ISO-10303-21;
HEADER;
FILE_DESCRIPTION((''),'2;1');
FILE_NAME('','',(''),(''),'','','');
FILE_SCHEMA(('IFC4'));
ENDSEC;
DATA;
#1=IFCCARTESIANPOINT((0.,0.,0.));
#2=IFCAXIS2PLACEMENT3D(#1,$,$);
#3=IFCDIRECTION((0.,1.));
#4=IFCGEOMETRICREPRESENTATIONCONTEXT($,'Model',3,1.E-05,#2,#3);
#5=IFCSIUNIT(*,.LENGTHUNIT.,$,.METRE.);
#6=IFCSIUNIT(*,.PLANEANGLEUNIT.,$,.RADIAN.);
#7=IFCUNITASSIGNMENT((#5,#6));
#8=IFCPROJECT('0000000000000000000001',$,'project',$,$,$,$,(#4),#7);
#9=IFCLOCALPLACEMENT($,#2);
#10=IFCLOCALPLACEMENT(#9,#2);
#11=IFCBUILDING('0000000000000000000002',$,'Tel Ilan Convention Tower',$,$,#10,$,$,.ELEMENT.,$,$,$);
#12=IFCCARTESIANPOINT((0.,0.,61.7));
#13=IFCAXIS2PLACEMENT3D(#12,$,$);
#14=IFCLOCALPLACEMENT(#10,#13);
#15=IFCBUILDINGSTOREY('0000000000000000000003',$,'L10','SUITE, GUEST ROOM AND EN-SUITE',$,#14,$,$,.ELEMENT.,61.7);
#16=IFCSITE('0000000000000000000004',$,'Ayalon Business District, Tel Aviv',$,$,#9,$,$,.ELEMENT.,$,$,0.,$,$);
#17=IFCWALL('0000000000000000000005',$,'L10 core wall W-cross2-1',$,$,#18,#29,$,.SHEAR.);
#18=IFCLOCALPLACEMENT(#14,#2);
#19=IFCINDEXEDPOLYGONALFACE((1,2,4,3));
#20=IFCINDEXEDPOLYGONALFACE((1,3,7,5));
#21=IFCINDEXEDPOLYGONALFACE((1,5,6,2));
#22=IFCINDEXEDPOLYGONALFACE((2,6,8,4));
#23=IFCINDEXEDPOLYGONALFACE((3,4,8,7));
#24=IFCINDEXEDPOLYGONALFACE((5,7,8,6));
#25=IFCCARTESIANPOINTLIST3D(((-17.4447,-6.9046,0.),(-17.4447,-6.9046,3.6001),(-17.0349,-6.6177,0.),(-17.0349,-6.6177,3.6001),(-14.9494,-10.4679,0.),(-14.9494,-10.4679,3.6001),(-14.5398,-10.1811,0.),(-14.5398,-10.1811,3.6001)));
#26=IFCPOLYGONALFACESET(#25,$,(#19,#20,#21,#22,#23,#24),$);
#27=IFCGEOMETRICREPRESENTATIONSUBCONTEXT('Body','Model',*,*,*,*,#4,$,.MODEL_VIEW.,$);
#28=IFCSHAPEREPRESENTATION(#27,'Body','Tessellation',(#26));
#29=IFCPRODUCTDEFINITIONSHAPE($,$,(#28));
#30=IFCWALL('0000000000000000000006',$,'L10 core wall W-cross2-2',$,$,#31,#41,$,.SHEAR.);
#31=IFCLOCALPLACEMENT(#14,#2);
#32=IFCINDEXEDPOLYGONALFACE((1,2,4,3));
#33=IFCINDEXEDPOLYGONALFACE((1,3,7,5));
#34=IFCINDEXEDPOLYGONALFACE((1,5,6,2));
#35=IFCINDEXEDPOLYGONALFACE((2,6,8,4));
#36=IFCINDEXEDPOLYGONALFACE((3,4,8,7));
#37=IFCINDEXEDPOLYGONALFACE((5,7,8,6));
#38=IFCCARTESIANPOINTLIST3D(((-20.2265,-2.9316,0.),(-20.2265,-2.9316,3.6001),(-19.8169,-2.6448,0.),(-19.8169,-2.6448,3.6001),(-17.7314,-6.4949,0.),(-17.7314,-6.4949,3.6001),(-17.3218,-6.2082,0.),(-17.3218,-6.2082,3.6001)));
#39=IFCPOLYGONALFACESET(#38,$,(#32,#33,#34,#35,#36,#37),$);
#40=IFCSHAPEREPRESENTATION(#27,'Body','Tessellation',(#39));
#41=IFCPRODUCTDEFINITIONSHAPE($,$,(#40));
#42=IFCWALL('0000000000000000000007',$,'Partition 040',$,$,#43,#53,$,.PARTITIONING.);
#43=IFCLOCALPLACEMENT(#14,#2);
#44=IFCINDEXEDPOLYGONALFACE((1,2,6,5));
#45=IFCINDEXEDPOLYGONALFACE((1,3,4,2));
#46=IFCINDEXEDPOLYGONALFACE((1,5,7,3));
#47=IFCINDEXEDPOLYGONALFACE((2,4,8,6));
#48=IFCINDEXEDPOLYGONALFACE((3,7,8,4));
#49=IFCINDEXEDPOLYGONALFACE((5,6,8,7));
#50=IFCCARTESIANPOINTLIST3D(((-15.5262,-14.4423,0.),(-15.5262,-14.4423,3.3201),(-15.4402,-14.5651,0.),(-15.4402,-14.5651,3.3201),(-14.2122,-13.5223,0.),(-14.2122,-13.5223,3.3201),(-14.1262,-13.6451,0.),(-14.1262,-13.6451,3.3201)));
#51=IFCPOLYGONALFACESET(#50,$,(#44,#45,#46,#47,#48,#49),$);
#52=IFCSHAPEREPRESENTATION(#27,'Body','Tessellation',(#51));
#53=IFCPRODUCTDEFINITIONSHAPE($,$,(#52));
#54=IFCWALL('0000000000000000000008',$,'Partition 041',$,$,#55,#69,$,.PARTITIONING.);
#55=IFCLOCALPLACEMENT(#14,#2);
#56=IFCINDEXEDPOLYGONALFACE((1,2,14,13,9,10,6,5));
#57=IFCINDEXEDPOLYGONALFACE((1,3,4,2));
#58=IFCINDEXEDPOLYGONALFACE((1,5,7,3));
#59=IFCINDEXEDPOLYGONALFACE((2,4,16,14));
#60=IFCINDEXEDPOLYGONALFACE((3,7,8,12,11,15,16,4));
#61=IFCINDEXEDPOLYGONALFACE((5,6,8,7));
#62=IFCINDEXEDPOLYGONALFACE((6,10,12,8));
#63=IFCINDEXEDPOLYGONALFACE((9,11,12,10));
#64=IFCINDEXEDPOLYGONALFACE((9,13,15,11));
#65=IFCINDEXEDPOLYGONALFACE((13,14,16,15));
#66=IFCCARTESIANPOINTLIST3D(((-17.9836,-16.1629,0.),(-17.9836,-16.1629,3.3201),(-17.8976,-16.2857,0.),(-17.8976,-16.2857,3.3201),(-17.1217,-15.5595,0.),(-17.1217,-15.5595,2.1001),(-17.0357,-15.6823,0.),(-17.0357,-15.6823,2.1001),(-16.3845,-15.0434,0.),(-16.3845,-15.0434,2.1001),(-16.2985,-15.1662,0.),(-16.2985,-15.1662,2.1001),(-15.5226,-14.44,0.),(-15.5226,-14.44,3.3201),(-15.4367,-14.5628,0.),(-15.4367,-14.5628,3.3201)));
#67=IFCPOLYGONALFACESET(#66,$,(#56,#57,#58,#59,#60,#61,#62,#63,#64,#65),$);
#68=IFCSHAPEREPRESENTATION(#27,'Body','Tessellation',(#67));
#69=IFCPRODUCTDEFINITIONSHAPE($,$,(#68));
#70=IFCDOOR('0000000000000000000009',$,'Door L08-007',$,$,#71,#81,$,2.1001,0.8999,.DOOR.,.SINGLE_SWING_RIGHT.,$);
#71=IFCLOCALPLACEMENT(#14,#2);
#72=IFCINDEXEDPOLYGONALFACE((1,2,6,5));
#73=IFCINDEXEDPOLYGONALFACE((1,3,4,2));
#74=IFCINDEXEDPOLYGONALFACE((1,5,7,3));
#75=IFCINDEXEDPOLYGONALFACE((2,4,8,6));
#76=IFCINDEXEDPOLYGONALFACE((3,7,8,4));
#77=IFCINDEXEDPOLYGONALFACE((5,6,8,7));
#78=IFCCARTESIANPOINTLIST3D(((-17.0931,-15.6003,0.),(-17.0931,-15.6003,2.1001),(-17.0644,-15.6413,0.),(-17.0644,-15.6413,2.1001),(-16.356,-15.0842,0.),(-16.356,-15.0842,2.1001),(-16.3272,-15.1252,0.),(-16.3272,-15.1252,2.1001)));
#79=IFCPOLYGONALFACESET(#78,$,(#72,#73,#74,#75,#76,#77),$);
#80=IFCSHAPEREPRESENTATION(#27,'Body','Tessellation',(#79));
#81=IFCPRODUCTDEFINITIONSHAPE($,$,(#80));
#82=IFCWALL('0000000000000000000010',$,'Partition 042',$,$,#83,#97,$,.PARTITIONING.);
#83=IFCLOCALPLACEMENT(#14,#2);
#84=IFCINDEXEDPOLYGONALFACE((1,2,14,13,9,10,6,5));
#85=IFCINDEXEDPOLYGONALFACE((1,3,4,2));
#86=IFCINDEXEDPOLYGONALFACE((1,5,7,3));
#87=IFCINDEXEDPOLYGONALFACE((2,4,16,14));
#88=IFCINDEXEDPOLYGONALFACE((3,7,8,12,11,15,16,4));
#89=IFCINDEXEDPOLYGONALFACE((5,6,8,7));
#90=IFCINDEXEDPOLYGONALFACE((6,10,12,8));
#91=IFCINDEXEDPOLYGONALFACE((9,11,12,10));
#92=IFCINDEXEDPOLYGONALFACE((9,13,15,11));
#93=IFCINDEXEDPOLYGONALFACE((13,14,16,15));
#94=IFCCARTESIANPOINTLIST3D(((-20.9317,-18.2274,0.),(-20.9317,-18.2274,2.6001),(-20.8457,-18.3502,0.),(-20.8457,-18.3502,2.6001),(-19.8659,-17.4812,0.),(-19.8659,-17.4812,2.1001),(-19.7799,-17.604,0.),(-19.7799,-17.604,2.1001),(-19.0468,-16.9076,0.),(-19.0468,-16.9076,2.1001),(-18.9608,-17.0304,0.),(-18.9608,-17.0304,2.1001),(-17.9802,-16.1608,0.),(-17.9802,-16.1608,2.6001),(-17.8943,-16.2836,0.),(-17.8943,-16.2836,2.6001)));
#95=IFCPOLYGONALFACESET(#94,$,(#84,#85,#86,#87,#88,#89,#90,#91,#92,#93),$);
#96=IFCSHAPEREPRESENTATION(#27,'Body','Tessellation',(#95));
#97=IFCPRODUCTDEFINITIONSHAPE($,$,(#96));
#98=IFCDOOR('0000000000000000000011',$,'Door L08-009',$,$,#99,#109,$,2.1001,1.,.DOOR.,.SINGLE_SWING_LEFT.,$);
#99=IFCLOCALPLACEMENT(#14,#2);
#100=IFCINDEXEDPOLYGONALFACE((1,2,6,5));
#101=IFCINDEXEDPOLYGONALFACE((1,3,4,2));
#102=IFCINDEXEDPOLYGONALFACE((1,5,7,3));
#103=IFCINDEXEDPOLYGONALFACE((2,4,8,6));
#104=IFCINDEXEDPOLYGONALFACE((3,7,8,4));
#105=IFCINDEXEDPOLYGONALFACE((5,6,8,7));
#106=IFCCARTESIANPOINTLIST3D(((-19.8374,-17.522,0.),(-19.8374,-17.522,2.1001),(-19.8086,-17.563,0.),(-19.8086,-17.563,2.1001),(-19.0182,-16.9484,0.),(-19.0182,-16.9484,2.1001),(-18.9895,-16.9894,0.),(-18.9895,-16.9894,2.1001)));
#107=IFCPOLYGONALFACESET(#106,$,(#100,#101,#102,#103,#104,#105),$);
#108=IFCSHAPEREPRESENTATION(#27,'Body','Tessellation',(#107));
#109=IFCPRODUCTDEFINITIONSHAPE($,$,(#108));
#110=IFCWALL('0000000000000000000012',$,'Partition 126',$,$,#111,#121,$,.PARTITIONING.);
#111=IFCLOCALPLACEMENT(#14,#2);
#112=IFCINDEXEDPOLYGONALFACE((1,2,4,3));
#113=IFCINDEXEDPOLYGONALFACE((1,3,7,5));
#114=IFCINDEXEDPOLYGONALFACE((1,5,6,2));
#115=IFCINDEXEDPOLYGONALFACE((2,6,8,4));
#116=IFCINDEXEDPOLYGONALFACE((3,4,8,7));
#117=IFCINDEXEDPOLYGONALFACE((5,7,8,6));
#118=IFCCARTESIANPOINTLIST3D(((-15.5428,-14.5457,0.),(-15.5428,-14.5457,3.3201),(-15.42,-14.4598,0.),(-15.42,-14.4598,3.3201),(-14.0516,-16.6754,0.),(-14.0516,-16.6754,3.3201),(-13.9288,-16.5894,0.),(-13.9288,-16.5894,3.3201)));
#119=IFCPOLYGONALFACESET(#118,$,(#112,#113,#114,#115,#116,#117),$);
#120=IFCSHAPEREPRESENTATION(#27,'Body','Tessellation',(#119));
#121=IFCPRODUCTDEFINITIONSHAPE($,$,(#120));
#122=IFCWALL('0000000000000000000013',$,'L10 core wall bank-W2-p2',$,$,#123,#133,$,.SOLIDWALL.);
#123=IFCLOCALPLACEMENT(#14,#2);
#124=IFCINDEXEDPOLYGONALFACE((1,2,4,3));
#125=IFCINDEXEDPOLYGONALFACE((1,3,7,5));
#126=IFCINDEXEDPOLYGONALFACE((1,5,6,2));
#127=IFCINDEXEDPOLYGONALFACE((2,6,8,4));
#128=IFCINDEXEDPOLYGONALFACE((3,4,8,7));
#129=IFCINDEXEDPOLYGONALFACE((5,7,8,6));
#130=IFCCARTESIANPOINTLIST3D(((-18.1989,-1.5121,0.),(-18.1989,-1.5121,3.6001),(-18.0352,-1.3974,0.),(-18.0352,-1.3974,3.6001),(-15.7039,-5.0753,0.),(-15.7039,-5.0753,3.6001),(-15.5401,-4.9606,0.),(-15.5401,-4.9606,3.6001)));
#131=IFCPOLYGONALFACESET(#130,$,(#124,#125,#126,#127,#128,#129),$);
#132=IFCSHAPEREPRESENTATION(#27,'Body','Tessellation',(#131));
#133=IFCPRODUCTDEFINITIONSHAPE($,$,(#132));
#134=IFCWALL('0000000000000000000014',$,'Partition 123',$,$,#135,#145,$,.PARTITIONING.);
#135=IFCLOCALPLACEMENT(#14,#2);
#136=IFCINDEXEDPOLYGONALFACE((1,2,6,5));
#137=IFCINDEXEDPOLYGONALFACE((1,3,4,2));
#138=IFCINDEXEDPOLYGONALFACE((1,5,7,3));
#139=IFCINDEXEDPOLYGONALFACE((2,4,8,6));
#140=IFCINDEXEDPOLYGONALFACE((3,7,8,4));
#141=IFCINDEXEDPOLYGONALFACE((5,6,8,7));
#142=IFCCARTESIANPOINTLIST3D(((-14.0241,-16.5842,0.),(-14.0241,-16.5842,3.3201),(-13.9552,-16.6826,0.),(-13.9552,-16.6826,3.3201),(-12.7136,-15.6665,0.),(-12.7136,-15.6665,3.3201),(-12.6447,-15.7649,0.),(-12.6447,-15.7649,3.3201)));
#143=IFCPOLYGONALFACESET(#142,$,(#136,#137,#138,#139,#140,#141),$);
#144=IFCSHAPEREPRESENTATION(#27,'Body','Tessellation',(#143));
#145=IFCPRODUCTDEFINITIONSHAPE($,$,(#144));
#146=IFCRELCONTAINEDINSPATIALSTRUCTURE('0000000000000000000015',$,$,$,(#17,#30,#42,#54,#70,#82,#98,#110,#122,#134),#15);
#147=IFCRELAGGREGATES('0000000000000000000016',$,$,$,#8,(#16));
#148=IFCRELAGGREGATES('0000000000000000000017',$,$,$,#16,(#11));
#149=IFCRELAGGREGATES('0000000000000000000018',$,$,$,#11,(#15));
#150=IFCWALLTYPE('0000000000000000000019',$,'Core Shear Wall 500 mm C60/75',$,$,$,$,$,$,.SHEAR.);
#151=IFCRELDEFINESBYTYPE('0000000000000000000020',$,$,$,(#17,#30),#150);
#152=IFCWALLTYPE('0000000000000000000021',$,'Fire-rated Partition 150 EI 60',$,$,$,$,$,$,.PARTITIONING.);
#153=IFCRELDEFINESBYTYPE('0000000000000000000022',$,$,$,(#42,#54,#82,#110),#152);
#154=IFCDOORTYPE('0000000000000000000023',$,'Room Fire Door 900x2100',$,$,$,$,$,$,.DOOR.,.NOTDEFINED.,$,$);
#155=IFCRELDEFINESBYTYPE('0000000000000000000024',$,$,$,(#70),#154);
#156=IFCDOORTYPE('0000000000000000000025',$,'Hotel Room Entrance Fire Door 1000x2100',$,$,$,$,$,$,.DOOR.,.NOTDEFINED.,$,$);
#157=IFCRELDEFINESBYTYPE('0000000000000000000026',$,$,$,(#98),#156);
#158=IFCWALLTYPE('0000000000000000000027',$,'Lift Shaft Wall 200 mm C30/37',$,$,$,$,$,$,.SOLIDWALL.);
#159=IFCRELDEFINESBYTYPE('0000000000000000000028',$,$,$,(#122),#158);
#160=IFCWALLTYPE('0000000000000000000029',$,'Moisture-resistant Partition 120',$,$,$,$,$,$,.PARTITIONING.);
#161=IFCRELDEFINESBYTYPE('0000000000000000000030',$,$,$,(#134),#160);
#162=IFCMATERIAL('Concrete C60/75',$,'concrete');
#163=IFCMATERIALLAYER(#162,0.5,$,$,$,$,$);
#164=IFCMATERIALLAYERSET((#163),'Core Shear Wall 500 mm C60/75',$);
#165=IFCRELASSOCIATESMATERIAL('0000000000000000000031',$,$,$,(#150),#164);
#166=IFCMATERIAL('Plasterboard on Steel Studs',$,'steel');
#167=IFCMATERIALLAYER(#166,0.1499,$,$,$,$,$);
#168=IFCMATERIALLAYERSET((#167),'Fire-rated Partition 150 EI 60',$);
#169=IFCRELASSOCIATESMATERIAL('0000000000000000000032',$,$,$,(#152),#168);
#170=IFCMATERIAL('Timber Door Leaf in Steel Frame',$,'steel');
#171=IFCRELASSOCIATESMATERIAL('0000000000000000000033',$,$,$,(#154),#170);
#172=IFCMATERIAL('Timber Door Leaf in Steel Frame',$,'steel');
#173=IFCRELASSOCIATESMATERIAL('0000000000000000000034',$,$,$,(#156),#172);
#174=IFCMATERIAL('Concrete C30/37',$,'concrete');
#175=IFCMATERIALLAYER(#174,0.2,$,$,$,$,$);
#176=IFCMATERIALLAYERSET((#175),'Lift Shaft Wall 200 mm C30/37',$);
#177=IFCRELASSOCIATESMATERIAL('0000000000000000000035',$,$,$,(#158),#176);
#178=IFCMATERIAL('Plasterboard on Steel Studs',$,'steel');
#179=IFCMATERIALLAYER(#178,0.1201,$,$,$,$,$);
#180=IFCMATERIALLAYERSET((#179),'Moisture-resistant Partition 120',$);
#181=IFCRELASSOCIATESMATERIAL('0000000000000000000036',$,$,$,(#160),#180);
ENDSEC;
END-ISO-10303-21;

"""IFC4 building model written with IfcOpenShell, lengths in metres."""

from ifc_helpers import new_model, si_unit, direction, frame, frame_2d, origin, place, context, subcontext, project, spatial, polyline, rectangle, outline, extrude, material, layer, layer_set, type_object, element, fill, save


model = new_model("IFC4")

# Units and contexts
model_context = context("Model", 3, precision=1e-05, world=origin(), true_north=direction((0.0, 1.0)))
body_context = subcontext(model_context, "Body", "Model", "MODEL_VIEW")
ifc_project = project(units=[si_unit("LENGTHUNIT", "METRE"), si_unit("PLANEANGLEUNIT", "RADIAN")], contexts=[model_context])

# Site, building, storey
site_placement = place(None, origin())
site = spatial("IfcSite", under=ifc_project, at=site_placement, Name="Ayalon Business District, Tel Aviv", CompositionType="ELEMENT", RefElevation=0.0)
building_placement = place(site_placement, origin())
building = spatial("IfcBuilding", under=site, at=building_placement, Name="Tel Ilan Convention Tower", CompositionType="ELEMENT")
storey_placement = place(building_placement, frame((0.0, 0.0, 61.7)))
storey = spatial("IfcBuildingStorey", under=building, at=storey_placement, Name="L10", Description="SUITE, GUEST ROOM AND EN-SUITE", CompositionType="ELEMENT", Elevation=61.7)

# Walls
ifc_material_1 = material(Name="Concrete C60/75", Category="concrete")
ifc_layer_1 = layer(ifc_material_1, 0.5)
ifc_layer_set_1 = layer_set([ifc_layer_1], Name="Core Shear Wall 500 mm C60/75")
wall_type_1 = type_object("IfcWallType", Name="Core Shear Wall 500 mm C60/75", PredefinedType="SHEAR", material=ifc_layer_set_1)
wall_1_placement = place(storey_placement, frame((-14.7446, -10.3245, 0.0), z_axis=(0.0, 0.0, 1.0), x_axis=(-0.573568, 0.819158, 0.0)))
element("IfcWall", 1, at=wall_1_placement, inside=storey, type_object=wall_type_1, Name="L10 core wall W-cross2-1", PredefinedType="SHEAR", context=body_context, shape_type="SweptSolid", body=[
    extrude(outline(polyline([(4.3501, 0.2502), (0.0, 0.25), (0.0, -0.25), (4.3501, -0.25), (4.3501, 0.2502)])), origin(), (0.0, 0.0, 1.0), 3.6001),
])
wall_2_placement = place(storey_placement, frame((-17.5266, -6.3516, 0.0), z_axis=(0.0, 0.0, 1.0), x_axis=(-0.57353, 0.819184, 0.0)))
element("IfcWall", 2, at=wall_2_placement, inside=storey, type_object=wall_type_1, Name="L10 core wall W-cross2-2", PredefinedType="SHEAR", context=body_context, shape_type="SweptSolid", body=[
    extrude(outline(polyline([(4.3501, -0.2498), (4.3501, 0.2502), (0.0, 0.25), (0.0, -0.25), (4.3501, -0.2498)])), origin(), (0.0, 0.0, 1.0), 3.6001),
])
ifc_material_2 = material(Name="Plasterboard on Steel Studs", Category="steel")
ifc_layer_2 = layer(ifc_material_2, 0.1499)
ifc_layer_set_2 = layer_set([ifc_layer_2], Name="Fire-rated Partition 150 EI 60")
wall_type_2 = type_object("IfcWallType", Name="Fire-rated Partition 150 EI 60", PredefinedType="PARTITIONING", material=ifc_layer_set_2)
wall_3_placement = place(storey_placement, frame((-14.1692, -13.5837, 0.0), z_axis=(0.0, 0.0, 1.0), x_axis=(-0.819189, -0.573524, 0.0)))
element("IfcWall", 3, at=wall_3_placement, inside=storey, type_object=wall_type_2, Name="Partition 040", PredefinedType="PARTITIONING", context=body_context, shape_type="SweptSolid", body=[
    extrude(rectangle(XDim=1.604, YDim=0.1499, at=frame_2d((0.802, 0.0))), origin(), (0.0, 0.0, 1.0), 3.3201),
])

# Walls, openings, doors
wall_4_placement = place(storey_placement, frame((-15.4797, -14.5015, 0.0), z_axis=(0.0, 0.0, 1.0), x_axis=(-0.819194, -0.573517, 0.0)))
wall_4 = element("IfcWall", 4, at=wall_4_placement, inside=storey, type_object=wall_type_2, Name="Partition 041", PredefinedType="PARTITIONING", context=body_context, shape_type="SweptSolid", body=[
    extrude(rectangle(XDim=3.0042, YDim=0.1499, at=frame_2d((1.502, 0.0))), origin(), (0.0, 0.0, 1.0), 3.3201),
])
opening_1_placement = place(wall_4_placement, frame((1.052, 0.0, 0.0)))
opening_1 = element("IfcOpeningElement", 5, at=opening_1_placement, cuts=wall_4, PredefinedType="OPENING", context=body_context, shape_type="SweptSolid", body=[
    extrude(rectangle(XDim=0.8999, YDim=2.1001, at=frame_2d((0.45, 1.05))), frame((0.0, 0.085, 0.0), z_axis=(0.0, -1.0, 0.0), x_axis=(1.0, 0.0, 0.0)), (0.0, 0.0, 1.0), 0.1699),
])
ifc_material_3 = material(Name="Timber Door Leaf in Steel Frame", Category="steel")
door_type_1 = type_object("IfcDoorType", Name="Room Fire Door 900x2100", OperationType="NOTDEFINED", PredefinedType="DOOR", material=ifc_material_3)
door_1_placement = place(opening_1_placement, origin())
door_1 = element("IfcDoor", 6, at=door_1_placement, inside=storey, type_object=door_type_1, Name="Door L08-007", OperationType="SINGLE_SWING_RIGHT", OverallHeight=2.1001, OverallWidth=0.8999, PredefinedType="DOOR", context=body_context, shape_type="SweptSolid", body=[
    extrude(rectangle(XDim=0.8999, YDim=2.1001, at=frame_2d((0.45, 1.05))), frame((0.0, 0.0249, 0.0), z_axis=(0.0, -1.0, 0.0), x_axis=(1.0, 0.0, 0.0)), (0.0, 0.0, 1.0), 0.05),
])
fill(opening_1, door_1)
wall_5_placement = place(storey_placement, frame((-17.9373, -16.2222, 0.0), z_axis=(0.0, 0.0, 1.0), x_axis=(-0.819146, -0.573585, 0.0)))
wall_5 = element("IfcWall", 7, at=wall_5_placement, inside=storey, type_object=wall_type_2, Name="Partition 042", PredefinedType="PARTITIONING", context=body_context, shape_type="SweptSolid", body=[
    extrude(rectangle(XDim=3.603, YDim=0.1499, at=frame_2d((1.8015, 0.0))), origin(), (0.0, 0.0, 1.0), 2.6001),
])
opening_2_placement = place(wall_5_placement, frame((1.302, 0.0, 0.0)))
opening_2 = element("IfcOpeningElement", 8, at=opening_2_placement, cuts=wall_5, PredefinedType="OPENING", context=body_context, shape_type="SweptSolid", body=[
    extrude(rectangle(XDim=1.0, YDim=2.1001, at=frame_2d((0.5, 1.05))), frame((0.0, 0.085, 0.0), z_axis=(0.0, -1.0, 0.0), x_axis=(1.0, 0.0, 0.0)), (0.0, 0.0, 1.0), 0.1699),
])
ifc_material_4 = material(Name="Timber Door Leaf in Steel Frame", Category="steel")
door_type_2 = type_object("IfcDoorType", Name="Hotel Room Entrance Fire Door 1000x2100", OperationType="NOTDEFINED", PredefinedType="DOOR", material=ifc_material_4)
door_2_placement = place(opening_2_placement, origin())
door_2 = element("IfcDoor", 9, at=door_2_placement, inside=storey, type_object=door_type_2, Name="Door L08-009", OperationType="SINGLE_SWING_LEFT", OverallHeight=2.1001, OverallWidth=1.0, PredefinedType="DOOR", context=body_context, shape_type="SweptSolid", body=[
    extrude(rectangle(XDim=1.0, YDim=2.1001, at=frame_2d((0.5, 1.05))), frame((0.0, 0.0249, 0.0), z_axis=(0.0, -1.0, 0.0), x_axis=(1.0, 0.0, 0.0)), (0.0, 0.0, 1.0), 0.05),
])
fill(opening_2, door_2)

# Walls
wall_6_placement = place(storey_placement, frame((-13.9902, -16.6323, 0.0), z_axis=(0.0, 0.0, 1.0), x_axis=(-0.573582, 0.819148, 0.0)))
element("IfcWall", 10, at=wall_6_placement, inside=storey, type_object=wall_type_2, Name="Partition 126", PredefinedType="PARTITIONING", context=body_context, shape_type="SweptSolid", body=[
    extrude(rectangle(XDim=2.5999, YDim=0.1499, at=frame_2d((1.2998, 0.0))), origin(), (0.0, 0.0, 1.0), 3.3201),
])
ifc_material_5 = material(Name="Concrete C30/37", Category="concrete")
ifc_layer_3 = layer(ifc_material_5, 0.2)
ifc_layer_set_3 = layer_set([ifc_layer_3], Name="Lift Shaft Wall 200 mm C30/37")
wall_type_3 = type_object("IfcWallType", Name="Lift Shaft Wall 200 mm C30/37", PredefinedType="SOLIDWALL", material=ifc_layer_set_3)
wall_7_placement = place(storey_placement, frame((-15.6221, -5.0178, 0.0), z_axis=(0.0, 0.0, 1.0), x_axis=(-0.573594, 0.81914, 0.0)))
element("IfcWall", 11, at=wall_7_placement, inside=storey, type_object=wall_type_3, Name="L10 core wall bank-W2-p2", PredefinedType="SOLIDWALL", context=body_context, shape_type="SweptSolid", body=[
    extrude(rectangle(XDim=4.3499, YDim=0.2, at=frame_2d((2.1748, 0.0))), origin(), (0.0, 0.0, 1.0), 3.6001),
])
ifc_material_6 = material(Name="Plasterboard on Steel Studs", Category="steel")
ifc_layer_4 = layer(ifc_material_6, 0.1201)
ifc_layer_set_4 = layer_set([ifc_layer_4], Name="Moisture-resistant Partition 120")
wall_type_4 = type_object("IfcWallType", Name="Moisture-resistant Partition 120", PredefinedType="PARTITIONING", material=ifc_layer_set_4)
wall_8_placement = place(storey_placement, frame((-13.9895, -16.6333, 0.0), z_axis=(0.0, 0.0, 1.0), x_axis=(0.819132, 0.573606, 0.0)))
element("IfcWall", 12, at=wall_8_placement, inside=storey, type_object=wall_type_4, Name="Partition 123", PredefinedType="PARTITIONING", context=body_context, shape_type="SweptSolid", body=[
    extrude(rectangle(XDim=1.5999, YDim=0.1201, at=frame_2d((0.7998, 0.0))), origin(), (0.0, 0.0, 1.0), 3.3201),
])

save(model, "model.ifc")
